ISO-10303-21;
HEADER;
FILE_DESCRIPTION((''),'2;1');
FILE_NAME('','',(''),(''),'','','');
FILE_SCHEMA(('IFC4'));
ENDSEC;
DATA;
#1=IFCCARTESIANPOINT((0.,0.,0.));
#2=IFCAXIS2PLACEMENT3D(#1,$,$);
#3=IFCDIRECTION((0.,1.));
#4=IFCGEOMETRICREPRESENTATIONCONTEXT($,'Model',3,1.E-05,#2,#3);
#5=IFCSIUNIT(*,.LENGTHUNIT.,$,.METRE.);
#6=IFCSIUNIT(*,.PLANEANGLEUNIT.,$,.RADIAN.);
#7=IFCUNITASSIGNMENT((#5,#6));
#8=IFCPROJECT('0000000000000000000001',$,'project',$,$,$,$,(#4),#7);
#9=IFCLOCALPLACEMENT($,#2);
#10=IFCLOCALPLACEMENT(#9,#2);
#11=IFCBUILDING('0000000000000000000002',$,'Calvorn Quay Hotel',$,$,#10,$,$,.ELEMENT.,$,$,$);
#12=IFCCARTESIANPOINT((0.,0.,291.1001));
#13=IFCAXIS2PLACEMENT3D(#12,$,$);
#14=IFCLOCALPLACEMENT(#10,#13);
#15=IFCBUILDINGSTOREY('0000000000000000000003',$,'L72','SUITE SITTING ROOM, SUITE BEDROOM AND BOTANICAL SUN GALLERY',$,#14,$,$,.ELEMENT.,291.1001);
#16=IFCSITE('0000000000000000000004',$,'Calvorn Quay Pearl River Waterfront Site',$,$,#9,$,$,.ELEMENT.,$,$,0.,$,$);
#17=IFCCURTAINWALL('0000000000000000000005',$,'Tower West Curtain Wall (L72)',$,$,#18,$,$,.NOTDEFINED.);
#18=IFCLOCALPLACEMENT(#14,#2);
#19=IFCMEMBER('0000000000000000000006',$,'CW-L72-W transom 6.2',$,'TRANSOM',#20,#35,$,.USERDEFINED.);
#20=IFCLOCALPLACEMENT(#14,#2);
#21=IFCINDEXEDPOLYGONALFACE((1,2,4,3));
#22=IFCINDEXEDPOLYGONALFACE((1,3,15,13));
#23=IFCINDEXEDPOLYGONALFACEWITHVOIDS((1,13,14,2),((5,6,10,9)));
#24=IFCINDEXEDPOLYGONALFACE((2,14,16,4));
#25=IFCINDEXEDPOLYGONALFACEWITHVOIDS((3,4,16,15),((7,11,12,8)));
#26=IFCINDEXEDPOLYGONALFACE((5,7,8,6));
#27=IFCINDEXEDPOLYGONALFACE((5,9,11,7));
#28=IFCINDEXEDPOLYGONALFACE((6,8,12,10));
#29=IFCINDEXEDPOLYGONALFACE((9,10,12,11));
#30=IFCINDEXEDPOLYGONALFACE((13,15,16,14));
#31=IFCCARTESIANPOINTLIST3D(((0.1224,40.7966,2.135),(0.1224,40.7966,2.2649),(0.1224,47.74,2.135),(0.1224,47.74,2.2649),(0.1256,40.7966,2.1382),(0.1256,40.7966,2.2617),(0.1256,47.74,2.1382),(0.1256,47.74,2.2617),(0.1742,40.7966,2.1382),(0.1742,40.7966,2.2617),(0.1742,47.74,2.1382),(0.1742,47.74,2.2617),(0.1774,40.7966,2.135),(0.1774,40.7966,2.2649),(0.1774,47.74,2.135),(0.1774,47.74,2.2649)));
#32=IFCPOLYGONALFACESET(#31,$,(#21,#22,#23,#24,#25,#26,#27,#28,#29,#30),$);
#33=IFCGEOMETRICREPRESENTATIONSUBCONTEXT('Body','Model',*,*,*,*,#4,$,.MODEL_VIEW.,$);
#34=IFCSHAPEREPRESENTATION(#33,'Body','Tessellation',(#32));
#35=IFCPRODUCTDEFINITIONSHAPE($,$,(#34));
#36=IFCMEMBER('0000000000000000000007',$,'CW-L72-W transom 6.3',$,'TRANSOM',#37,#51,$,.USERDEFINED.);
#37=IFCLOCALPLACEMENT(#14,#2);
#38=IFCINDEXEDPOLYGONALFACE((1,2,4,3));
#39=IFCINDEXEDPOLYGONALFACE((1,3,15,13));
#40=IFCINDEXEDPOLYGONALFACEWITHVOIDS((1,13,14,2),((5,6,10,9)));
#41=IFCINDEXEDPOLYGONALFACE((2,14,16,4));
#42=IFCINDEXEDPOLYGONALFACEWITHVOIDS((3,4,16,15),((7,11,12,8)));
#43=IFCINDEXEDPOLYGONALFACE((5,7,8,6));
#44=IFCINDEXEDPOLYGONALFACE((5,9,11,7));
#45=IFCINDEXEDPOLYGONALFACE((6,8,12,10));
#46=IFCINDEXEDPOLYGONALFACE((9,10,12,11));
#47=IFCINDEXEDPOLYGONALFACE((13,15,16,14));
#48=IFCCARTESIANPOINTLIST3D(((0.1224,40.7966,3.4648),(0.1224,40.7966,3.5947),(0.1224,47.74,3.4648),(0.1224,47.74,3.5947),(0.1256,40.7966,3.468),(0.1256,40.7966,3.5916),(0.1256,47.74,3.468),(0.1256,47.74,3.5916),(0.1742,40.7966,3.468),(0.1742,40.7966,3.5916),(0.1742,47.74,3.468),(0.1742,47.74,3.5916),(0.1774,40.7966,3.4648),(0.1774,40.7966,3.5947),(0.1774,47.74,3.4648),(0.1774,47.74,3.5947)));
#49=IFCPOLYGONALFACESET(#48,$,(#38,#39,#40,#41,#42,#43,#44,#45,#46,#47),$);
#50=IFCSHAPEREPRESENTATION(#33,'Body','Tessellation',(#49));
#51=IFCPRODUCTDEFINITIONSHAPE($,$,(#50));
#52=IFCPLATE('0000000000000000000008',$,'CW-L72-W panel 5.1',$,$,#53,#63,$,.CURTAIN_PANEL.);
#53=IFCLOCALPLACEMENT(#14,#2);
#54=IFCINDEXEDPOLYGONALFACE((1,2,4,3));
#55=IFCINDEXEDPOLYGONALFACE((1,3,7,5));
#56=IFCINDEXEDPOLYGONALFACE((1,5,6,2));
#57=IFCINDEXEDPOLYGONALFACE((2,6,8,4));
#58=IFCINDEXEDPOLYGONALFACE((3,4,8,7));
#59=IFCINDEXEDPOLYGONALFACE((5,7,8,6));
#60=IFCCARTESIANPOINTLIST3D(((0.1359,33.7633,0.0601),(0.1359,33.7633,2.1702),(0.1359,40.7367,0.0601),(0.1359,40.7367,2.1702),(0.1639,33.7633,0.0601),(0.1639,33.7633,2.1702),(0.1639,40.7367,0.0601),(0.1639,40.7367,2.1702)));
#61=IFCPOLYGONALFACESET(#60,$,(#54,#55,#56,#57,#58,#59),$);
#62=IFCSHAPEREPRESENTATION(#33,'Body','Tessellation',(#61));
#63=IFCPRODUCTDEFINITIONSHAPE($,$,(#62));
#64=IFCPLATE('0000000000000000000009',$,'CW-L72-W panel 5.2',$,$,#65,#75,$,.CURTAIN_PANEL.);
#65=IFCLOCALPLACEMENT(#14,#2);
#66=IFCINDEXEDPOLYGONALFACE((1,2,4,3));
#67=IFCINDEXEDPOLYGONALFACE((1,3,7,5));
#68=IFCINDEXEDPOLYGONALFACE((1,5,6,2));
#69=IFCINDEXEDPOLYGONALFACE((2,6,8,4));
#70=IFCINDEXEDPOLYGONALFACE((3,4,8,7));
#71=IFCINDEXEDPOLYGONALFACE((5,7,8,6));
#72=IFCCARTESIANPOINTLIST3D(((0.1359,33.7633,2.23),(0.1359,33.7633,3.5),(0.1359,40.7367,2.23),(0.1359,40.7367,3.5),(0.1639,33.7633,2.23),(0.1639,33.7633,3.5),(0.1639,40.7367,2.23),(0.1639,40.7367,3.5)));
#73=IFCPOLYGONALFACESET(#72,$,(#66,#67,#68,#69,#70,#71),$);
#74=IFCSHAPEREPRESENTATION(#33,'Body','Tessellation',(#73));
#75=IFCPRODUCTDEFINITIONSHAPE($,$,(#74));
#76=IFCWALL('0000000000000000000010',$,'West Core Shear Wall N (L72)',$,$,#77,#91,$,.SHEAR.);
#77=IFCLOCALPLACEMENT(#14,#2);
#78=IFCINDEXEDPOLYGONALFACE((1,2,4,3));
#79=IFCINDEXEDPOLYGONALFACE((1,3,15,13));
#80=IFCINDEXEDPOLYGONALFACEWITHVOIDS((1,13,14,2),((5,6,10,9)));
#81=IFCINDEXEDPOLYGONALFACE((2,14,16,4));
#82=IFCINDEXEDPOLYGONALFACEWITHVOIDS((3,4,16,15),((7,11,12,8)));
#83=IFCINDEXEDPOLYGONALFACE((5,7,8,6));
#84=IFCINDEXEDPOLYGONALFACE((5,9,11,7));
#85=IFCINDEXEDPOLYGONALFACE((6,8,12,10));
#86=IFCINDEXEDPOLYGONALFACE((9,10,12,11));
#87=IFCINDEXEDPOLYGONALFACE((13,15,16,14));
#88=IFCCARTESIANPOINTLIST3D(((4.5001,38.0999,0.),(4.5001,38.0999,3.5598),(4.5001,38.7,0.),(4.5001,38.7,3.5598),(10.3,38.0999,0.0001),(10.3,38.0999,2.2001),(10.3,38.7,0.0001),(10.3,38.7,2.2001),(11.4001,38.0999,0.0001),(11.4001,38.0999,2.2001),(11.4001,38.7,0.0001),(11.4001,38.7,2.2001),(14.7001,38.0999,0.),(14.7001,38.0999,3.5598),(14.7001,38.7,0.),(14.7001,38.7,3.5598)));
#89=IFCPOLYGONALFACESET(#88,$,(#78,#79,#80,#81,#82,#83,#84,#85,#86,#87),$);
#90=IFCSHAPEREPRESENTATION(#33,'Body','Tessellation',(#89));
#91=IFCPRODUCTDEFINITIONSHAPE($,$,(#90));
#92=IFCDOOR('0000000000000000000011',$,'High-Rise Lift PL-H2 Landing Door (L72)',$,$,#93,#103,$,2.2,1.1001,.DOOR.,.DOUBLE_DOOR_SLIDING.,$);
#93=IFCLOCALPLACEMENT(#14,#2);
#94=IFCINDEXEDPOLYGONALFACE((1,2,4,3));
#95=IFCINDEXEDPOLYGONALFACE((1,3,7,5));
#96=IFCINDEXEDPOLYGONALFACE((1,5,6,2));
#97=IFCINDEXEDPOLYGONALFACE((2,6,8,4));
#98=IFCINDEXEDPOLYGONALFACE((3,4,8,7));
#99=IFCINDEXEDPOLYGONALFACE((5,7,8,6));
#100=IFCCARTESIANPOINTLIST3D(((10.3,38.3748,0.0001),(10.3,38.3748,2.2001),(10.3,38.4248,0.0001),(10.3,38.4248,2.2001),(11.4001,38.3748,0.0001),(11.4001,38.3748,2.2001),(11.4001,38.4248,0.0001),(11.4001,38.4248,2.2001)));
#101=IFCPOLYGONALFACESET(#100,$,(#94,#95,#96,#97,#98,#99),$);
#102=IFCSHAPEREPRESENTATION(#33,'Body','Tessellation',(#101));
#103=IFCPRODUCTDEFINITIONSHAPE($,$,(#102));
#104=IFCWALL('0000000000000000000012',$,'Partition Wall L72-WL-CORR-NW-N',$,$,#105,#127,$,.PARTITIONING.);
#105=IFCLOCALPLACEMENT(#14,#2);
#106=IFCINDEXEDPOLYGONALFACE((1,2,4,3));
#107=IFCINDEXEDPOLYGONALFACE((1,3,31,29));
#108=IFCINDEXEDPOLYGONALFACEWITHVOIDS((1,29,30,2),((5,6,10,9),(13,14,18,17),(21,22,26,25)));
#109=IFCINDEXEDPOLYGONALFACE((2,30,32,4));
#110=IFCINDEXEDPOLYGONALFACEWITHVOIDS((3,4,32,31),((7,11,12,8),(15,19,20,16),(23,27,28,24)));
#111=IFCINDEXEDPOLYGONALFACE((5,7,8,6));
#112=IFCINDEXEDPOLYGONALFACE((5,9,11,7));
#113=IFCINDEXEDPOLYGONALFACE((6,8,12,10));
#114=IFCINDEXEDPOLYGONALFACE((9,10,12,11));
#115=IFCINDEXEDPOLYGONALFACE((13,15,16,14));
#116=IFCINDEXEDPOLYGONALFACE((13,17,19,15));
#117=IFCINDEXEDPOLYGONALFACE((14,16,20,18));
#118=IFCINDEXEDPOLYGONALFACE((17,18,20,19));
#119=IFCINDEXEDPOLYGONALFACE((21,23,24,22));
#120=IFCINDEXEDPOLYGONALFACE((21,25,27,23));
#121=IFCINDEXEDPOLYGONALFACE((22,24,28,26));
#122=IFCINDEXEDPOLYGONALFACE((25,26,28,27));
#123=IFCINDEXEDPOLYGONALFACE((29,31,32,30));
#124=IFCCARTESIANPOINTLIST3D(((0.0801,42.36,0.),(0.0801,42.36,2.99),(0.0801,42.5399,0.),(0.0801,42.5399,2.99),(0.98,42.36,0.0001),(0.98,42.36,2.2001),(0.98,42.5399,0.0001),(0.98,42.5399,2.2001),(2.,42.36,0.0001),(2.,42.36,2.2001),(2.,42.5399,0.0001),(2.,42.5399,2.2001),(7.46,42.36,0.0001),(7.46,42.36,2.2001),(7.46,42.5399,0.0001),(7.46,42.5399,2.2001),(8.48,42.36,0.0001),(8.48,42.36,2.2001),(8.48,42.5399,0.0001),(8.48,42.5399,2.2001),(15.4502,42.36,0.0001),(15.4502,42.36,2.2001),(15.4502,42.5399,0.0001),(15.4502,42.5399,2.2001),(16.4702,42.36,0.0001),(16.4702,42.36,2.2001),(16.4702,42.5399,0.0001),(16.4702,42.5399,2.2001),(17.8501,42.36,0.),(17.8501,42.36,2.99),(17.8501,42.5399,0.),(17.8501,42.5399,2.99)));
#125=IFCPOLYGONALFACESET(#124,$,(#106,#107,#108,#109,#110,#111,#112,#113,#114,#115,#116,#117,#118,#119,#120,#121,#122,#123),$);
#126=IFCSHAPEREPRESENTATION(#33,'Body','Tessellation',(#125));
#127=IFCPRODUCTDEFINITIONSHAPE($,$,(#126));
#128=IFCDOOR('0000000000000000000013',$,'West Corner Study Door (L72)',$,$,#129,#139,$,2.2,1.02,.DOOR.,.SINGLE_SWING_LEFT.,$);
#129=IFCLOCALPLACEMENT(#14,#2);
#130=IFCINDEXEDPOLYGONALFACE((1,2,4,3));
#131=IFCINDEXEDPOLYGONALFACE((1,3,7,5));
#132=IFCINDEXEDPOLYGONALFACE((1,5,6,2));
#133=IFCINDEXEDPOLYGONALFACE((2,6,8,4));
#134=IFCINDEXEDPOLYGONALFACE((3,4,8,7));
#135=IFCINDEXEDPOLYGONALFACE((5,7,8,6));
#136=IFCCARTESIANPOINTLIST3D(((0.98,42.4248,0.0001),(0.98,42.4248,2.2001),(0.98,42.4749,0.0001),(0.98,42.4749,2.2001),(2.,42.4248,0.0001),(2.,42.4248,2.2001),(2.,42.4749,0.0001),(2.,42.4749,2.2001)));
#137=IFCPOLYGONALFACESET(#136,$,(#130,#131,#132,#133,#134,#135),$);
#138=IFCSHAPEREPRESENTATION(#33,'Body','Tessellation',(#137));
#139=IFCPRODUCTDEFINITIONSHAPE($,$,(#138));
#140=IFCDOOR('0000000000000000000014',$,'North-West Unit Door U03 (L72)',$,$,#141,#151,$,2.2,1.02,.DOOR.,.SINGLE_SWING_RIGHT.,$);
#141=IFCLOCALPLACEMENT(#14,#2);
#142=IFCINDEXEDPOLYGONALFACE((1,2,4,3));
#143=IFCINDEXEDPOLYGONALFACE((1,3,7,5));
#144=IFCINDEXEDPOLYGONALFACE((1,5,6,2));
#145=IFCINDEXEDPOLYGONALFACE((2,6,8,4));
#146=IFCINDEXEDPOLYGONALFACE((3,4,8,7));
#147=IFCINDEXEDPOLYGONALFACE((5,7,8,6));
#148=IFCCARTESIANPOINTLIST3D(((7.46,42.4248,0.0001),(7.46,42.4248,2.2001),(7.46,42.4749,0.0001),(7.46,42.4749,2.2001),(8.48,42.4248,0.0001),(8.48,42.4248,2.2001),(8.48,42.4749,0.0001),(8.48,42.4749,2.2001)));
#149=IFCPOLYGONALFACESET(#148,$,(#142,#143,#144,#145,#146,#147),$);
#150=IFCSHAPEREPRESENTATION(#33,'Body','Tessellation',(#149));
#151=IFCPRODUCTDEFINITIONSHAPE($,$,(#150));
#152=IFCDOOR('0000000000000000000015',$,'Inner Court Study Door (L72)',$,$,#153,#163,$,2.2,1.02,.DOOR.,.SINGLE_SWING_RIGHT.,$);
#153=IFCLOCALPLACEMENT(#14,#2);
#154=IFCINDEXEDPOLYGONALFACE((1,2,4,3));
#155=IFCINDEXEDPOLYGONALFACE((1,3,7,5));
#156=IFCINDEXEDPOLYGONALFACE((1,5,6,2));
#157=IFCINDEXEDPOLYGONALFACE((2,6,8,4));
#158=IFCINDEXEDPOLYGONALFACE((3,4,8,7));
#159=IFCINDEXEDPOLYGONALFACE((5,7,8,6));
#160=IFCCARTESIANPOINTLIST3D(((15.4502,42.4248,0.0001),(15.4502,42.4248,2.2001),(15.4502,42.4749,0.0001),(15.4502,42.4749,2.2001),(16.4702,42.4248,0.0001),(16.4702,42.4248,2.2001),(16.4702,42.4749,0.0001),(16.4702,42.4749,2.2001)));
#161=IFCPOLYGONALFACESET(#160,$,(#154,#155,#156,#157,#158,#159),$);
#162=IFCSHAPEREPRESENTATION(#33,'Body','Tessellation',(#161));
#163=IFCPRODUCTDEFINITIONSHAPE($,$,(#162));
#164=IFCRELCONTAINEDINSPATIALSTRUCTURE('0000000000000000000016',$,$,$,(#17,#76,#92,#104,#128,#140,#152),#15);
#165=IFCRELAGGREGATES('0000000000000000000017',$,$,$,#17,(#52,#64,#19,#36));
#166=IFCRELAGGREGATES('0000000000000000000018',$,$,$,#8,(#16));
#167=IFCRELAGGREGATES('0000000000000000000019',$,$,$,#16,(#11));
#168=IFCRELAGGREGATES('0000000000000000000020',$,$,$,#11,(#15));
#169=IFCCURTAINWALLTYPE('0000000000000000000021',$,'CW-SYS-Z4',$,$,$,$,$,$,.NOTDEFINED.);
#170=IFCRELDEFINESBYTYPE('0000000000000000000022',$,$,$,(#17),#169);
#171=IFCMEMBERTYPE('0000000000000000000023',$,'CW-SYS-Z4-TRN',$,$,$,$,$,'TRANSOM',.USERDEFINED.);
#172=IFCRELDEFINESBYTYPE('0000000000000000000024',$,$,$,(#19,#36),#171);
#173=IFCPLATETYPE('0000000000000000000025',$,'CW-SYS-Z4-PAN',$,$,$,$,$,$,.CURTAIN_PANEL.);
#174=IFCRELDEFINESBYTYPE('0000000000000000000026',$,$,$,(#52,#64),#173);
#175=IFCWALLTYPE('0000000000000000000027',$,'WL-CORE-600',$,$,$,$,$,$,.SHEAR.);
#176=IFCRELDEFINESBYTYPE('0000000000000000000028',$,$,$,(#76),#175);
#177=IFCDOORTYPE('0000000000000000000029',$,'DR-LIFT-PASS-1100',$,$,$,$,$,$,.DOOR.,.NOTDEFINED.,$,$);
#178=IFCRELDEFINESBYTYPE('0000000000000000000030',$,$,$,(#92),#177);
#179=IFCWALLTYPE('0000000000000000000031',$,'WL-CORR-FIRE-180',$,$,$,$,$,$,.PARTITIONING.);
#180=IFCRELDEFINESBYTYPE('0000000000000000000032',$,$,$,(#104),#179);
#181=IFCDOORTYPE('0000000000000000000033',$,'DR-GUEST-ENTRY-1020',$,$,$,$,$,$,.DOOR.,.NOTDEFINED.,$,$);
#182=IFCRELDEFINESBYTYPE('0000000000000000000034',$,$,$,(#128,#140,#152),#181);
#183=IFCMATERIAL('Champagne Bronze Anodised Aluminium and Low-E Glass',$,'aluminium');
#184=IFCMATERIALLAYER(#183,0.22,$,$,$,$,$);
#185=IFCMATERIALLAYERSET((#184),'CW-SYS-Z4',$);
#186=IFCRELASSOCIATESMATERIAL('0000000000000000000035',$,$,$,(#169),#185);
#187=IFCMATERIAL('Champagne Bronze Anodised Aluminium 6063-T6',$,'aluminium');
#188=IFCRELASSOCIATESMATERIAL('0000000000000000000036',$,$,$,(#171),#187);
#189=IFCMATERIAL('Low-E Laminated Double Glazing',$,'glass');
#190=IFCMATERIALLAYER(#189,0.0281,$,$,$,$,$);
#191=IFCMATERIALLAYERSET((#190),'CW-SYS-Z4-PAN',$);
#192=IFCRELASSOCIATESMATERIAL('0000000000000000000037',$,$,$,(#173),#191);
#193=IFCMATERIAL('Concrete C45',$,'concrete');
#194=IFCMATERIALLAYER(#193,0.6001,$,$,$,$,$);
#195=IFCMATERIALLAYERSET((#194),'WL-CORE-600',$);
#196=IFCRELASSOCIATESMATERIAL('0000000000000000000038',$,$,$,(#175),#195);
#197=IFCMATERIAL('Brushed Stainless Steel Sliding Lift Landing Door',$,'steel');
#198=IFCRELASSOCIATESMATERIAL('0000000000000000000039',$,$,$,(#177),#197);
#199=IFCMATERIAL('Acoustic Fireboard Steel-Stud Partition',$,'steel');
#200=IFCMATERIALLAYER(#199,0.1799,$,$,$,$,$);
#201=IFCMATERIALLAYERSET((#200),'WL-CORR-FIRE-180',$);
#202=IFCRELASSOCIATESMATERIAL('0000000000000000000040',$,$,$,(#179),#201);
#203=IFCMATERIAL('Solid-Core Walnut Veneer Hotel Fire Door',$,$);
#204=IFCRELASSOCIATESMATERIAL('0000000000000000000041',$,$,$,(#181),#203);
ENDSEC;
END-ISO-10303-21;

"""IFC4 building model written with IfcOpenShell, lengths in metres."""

from ifc_helpers import new_model, si_unit, direction, frame, frame_2d, origin, origin_2d, place, context, subcontext, project, spatial, rectangle, hollow_rectangle, extrude, material, layer, layer_set, material_profile, profile_set, type_object, element, fill, aggregate, save


model = new_model("IFC4")

# Units and contexts
model_context = context("Model", 3, precision=1e-05, world=origin(), true_north=direction((0.0, 1.0)))
body_context = subcontext(model_context, "Body", "Model", "MODEL_VIEW")
ifc_project = project(units=[si_unit("LENGTHUNIT", "METRE"), si_unit("PLANEANGLEUNIT", "RADIAN")], contexts=[model_context])

# Site, building, storey
site_placement = place(None, origin())
site = spatial("IfcSite", under=ifc_project, at=site_placement, Name="Calvorn Quay Pearl River Waterfront Site", CompositionType="ELEMENT", RefElevation=0.0)
building_placement = place(site_placement, origin())
building = spatial("IfcBuilding", under=site, at=building_placement, Name="Calvorn Quay Hotel", CompositionType="ELEMENT")
storey_placement = place(building_placement, frame((0.0, 0.0, 291.1001)))
storey = spatial("IfcBuildingStorey", under=building, at=storey_placement, Name="L72", Description="SUITE SITTING ROOM, SUITE BEDROOM AND BOTANICAL SUN GALLERY", CompositionType="ELEMENT", Elevation=291.1001)

# Curtain wall, members, plates
ifc_material_1 = material(Name="Champagne Bronze Anodised Aluminium and Low-E Glass", Category="aluminium")
ifc_layer_1 = layer(ifc_material_1, 0.22)
ifc_layer_set_1 = layer_set([ifc_layer_1], Name="CW-SYS-Z4")
curtain_wall_type = type_object("IfcCurtainWallType", Name="CW-SYS-Z4", PredefinedType="NOTDEFINED", material=ifc_layer_set_1)
curtain_wall_placement = place(storey_placement, origin())
curtain_wall = element("IfcCurtainWall", 1, at=curtain_wall_placement, inside=storey, type_object=curtain_wall_type, Name="Tower West Curtain Wall (L72)", PredefinedType="NOTDEFINED")
ifc_material_2 = material(Name="Champagne Bronze Anodised Aluminium 6063-T6", Category="aluminium")
ifc_material_profile_1 = material_profile(ifc_material_2, hollow_rectangle(XDim=0.0549, YDim=0.1299, WallThickness=0.0032, at=origin_2d()), Name="ALU-T130x55x3.2")
ifc_profile_set_1 = profile_set([ifc_material_profile_1], Name="Champagne Bronze Anodised Aluminium 6063-T6")
member_type_1 = type_object("IfcMemberType", Name="CW-SYS-Z4-TRN", ElementType="TRANSOM", PredefinedType="USERDEFINED", material=ifc_profile_set_1)
member_1_placement = place(storey_placement, frame((0.1499, 40.7966, 2.2), z_axis=(0.0, 1.0, 0.0), x_axis=(-1.0, 0.0, 0.0)))
member_1 = element("IfcMember", 2, at=member_1_placement, type_object=member_type_1, Name="CW-L72-W transom 6.2", ObjectType="TRANSOM", PredefinedType="USERDEFINED", context=body_context, shape_type="SweptSolid", body=[
    extrude(hollow_rectangle(XDim=0.0549, YDim=0.1299, WallThickness=0.0032, at=origin_2d()), origin(), (0.0, 0.0, 1.0), 6.9434),
])
member_2_placement = place(storey_placement, frame((0.1499, 40.7966, 3.5298), z_axis=(0.0, 1.0, 0.0), x_axis=(-1.0, 0.0, 0.0)))
member_2 = element("IfcMember", 3, at=member_2_placement, type_object=member_type_1, Name="CW-L72-W transom 6.3", ObjectType="TRANSOM", PredefinedType="USERDEFINED", context=body_context, shape_type="SweptSolid", body=[
    extrude(hollow_rectangle(XDim=0.0549, YDim=0.1299, WallThickness=0.0032, at=origin_2d()), origin(), (0.0, 0.0, 1.0), 6.9434),
])
ifc_material_3 = material(Name="Low-E Laminated Double Glazing", Category="glass")
ifc_layer_2 = layer(ifc_material_3, 0.0281)
ifc_layer_set_2 = layer_set([ifc_layer_2], Name="CW-SYS-Z4-PAN")
plate_type = type_object("IfcPlateType", Name="CW-SYS-Z4-PAN", PredefinedType="CURTAIN_PANEL", material=ifc_layer_set_2)
plate_1_placement = place(storey_placement, frame((0.1499, 37.25, 0.0601), z_axis=(0.0, 0.0, 1.0), x_axis=(0.0, 1.0, 0.0)))
plate_1 = element("IfcPlate", 4, at=plate_1_placement, type_object=plate_type, Name="CW-L72-W panel 5.1", PredefinedType="CURTAIN_PANEL", context=body_context, shape_type="SweptSolid", body=[
    extrude(rectangle(XDim=6.9734, YDim=0.0281, at=origin_2d()), origin(), (0.0, 0.0, 1.0), 2.1101),
])
plate_2_placement = place(storey_placement, frame((0.1499, 37.25, 2.23), z_axis=(0.0, 0.0, 1.0), x_axis=(0.0, 1.0, 0.0)))
plate_2 = element("IfcPlate", 5, at=plate_2_placement, type_object=plate_type, Name="CW-L72-W panel 5.2", PredefinedType="CURTAIN_PANEL", context=body_context, shape_type="SweptSolid", body=[
    extrude(rectangle(XDim=6.9734, YDim=0.0281, at=origin_2d()), origin(), (0.0, 0.0, 1.0), 1.27),
])
aggregate(curtain_wall, [plate_1, plate_2, member_1, member_2])

# Wall, opening, door
ifc_material_4 = material(Name="Concrete C45", Category="concrete")
ifc_layer_3 = layer(ifc_material_4, 0.6001)
ifc_layer_set_3 = layer_set([ifc_layer_3], Name="WL-CORE-600")
wall_type_1 = type_object("IfcWallType", Name="WL-CORE-600", PredefinedType="SHEAR", material=ifc_layer_set_3)
wall_1_placement = place(storey_placement, frame((4.5, 38.3999, 0.0), z_axis=(0.0, 0.0, 1.0), x_axis=(1.0, 0.0, 0.0)))
wall_1 = element("IfcWall", 6, at=wall_1_placement, inside=storey, type_object=wall_type_1, Name="West Core Shear Wall N (L72)", PredefinedType="SHEAR", context=body_context, shape_type="SweptSolid", body=[
    extrude(rectangle(XDim=10.2, YDim=0.6001, at=frame_2d((5.1001, 0.0))), origin(), (0.0, 0.0, 1.0), 3.5598),
])
opening_1_placement = place(wall_1_placement, frame((5.8, 0.0, 0.0)))
opening_1 = element("IfcOpeningElement", 7, at=opening_1_placement, cuts=wall_1, PredefinedType="OPENING", context=body_context, shape_type="SweptSolid", body=[
    extrude(rectangle(XDim=1.1001, YDim=2.2, at=frame_2d((0.55, 1.1001))), frame((0.0, 0.3101, 0.0), z_axis=(0.0, -1.0, 0.0), x_axis=(1.0, 0.0, 0.0)), (0.0, 0.0, 1.0), 0.6201),
])
ifc_material_5 = material(Name="Brushed Stainless Steel Sliding Lift Landing Door", Category="steel")
door_type_1 = type_object("IfcDoorType", Name="DR-LIFT-PASS-1100", OperationType="NOTDEFINED", PredefinedType="DOOR", material=ifc_material_5)
door_1_placement = place(opening_1_placement, origin())
door_1 = element("IfcDoor", 8, at=door_1_placement, inside=storey, type_object=door_type_1, Name="High-Rise Lift PL-H2 Landing Door (L72)", OperationType="DOUBLE_DOOR_SLIDING", OverallHeight=2.2, OverallWidth=1.1001, PredefinedType="DOOR", context=body_context, shape_type="SweptSolid", body=[
    extrude(rectangle(XDim=1.1001, YDim=2.2, at=frame_2d((0.55, 1.1001))), frame((0.0, 0.0249, 0.0), z_axis=(0.0, -1.0, 0.0), x_axis=(1.0, 0.0, 0.0)), (0.0, 0.0, 1.0), 0.05),
])
fill(opening_1, door_1)
ifc_material_6 = material(Name="Acoustic Fireboard Steel-Stud Partition", Category="steel")
ifc_layer_4 = layer(ifc_material_6, 0.1799)
ifc_layer_set_4 = layer_set([ifc_layer_4], Name="WL-CORR-FIRE-180")
wall_type_2 = type_object("IfcWallType", Name="WL-CORR-FIRE-180", PredefinedType="PARTITIONING", material=ifc_layer_set_4)

# Wall, openings, doors
wall_2_placement = place(storey_placement, frame((0.0801, 42.45, 0.0), z_axis=(0.0, 0.0, 1.0), x_axis=(1.0, 0.0, 0.0)))
wall_2 = element("IfcWall", 9, at=wall_2_placement, inside=storey, type_object=wall_type_2, Name="Partition Wall L72-WL-CORR-NW-N", PredefinedType="PARTITIONING", context=body_context, shape_type="SweptSolid", body=[
    extrude(rectangle(XDim=17.77, YDim=0.1799, at=frame_2d((8.885, 0.0))), origin(), (0.0, 0.0, 1.0), 2.99),
])
opening_2_placement = place(wall_2_placement, frame((0.8999, 0.0, 0.0)))
opening_2 = element("IfcOpeningElement", 10, at=opening_2_placement, cuts=wall_2, PredefinedType="OPENING", context=body_context, shape_type="SweptSolid", body=[
    extrude(rectangle(XDim=1.02, YDim=2.2, at=frame_2d((0.51, 1.1001))), frame((0.0, 0.0999, 0.0), z_axis=(0.0, -1.0, 0.0), x_axis=(1.0, 0.0, 0.0)), (0.0, 0.0, 1.0), 0.2),
])
opening_3_placement = place(wall_2_placement, frame((7.3799, 0.0, 0.0)))
opening_3 = element("IfcOpeningElement", 11, at=opening_3_placement, cuts=wall_2, PredefinedType="OPENING", context=body_context, shape_type="SweptSolid", body=[
    extrude(rectangle(XDim=1.02, YDim=2.2, at=frame_2d((0.51, 1.1001))), frame((0.0, 0.0999, 0.0), z_axis=(0.0, -1.0, 0.0), x_axis=(1.0, 0.0, 0.0)), (0.0, 0.0, 1.0), 0.2),
])
opening_4_placement = place(wall_2_placement, frame((15.3701, 0.0, 0.0)))
opening_4 = element("IfcOpeningElement", 12, at=opening_4_placement, cuts=wall_2, PredefinedType="OPENING", context=body_context, shape_type="SweptSolid", body=[
    extrude(rectangle(XDim=1.02, YDim=2.2, at=frame_2d((0.51, 1.1001))), frame((0.0, 0.0999, 0.0), z_axis=(0.0, -1.0, 0.0), x_axis=(1.0, 0.0, 0.0)), (0.0, 0.0, 1.0), 0.2),
])
ifc_material_7 = material(Name="Solid-Core Walnut Veneer Hotel Fire Door")
door_type_2 = type_object("IfcDoorType", Name="DR-GUEST-ENTRY-1020", OperationType="NOTDEFINED", PredefinedType="DOOR", material=ifc_material_7)
door_2_placement = place(opening_2_placement, origin())
door_2 = element("IfcDoor", 13, at=door_2_placement, inside=storey, type_object=door_type_2, Name="West Corner Study Door (L72)", OperationType="SINGLE_SWING_LEFT", OverallHeight=2.2, OverallWidth=1.02, PredefinedType="DOOR", context=body_context, shape_type="SweptSolid", body=[
    extrude(rectangle(XDim=1.02, YDim=2.2, at=frame_2d((0.51, 1.1001))), frame((0.0, 0.0249, 0.0), z_axis=(0.0, -1.0, 0.0), x_axis=(1.0, 0.0, 0.0)), (0.0, 0.0, 1.0), 0.05),
])
fill(opening_2, door_2)
door_3_placement = place(opening_3_placement, origin())
door_3 = element("IfcDoor", 14, at=door_3_placement, inside=storey, type_object=door_type_2, Name="North-West Unit Door U03 (L72)", OperationType="SINGLE_SWING_RIGHT", OverallHeight=2.2, OverallWidth=1.02, PredefinedType="DOOR", context=body_context, shape_type="SweptSolid", body=[
    extrude(rectangle(XDim=1.02, YDim=2.2, at=frame_2d((0.51, 1.1001))), frame((0.0, 0.0249, 0.0), z_axis=(0.0, -1.0, 0.0), x_axis=(1.0, 0.0, 0.0)), (0.0, 0.0, 1.0), 0.05),
])
fill(opening_3, door_3)
door_4_placement = place(opening_4_placement, origin())
door_4 = element("IfcDoor", 15, at=door_4_placement, inside=storey, type_object=door_type_2, Name="Inner Court Study Door (L72)", OperationType="SINGLE_SWING_RIGHT", OverallHeight=2.2, OverallWidth=1.02, PredefinedType="DOOR", context=body_context, shape_type="SweptSolid", body=[
    extrude(rectangle(XDim=1.02, YDim=2.2, at=frame_2d((0.51, 1.1001))), frame((0.0, 0.0249, 0.0), z_axis=(0.0, -1.0, 0.0), x_axis=(1.0, 0.0, 0.0)), (0.0, 0.0, 1.0), 0.05),
])
fill(opening_4, door_4)

save(model, "model.ifc")
